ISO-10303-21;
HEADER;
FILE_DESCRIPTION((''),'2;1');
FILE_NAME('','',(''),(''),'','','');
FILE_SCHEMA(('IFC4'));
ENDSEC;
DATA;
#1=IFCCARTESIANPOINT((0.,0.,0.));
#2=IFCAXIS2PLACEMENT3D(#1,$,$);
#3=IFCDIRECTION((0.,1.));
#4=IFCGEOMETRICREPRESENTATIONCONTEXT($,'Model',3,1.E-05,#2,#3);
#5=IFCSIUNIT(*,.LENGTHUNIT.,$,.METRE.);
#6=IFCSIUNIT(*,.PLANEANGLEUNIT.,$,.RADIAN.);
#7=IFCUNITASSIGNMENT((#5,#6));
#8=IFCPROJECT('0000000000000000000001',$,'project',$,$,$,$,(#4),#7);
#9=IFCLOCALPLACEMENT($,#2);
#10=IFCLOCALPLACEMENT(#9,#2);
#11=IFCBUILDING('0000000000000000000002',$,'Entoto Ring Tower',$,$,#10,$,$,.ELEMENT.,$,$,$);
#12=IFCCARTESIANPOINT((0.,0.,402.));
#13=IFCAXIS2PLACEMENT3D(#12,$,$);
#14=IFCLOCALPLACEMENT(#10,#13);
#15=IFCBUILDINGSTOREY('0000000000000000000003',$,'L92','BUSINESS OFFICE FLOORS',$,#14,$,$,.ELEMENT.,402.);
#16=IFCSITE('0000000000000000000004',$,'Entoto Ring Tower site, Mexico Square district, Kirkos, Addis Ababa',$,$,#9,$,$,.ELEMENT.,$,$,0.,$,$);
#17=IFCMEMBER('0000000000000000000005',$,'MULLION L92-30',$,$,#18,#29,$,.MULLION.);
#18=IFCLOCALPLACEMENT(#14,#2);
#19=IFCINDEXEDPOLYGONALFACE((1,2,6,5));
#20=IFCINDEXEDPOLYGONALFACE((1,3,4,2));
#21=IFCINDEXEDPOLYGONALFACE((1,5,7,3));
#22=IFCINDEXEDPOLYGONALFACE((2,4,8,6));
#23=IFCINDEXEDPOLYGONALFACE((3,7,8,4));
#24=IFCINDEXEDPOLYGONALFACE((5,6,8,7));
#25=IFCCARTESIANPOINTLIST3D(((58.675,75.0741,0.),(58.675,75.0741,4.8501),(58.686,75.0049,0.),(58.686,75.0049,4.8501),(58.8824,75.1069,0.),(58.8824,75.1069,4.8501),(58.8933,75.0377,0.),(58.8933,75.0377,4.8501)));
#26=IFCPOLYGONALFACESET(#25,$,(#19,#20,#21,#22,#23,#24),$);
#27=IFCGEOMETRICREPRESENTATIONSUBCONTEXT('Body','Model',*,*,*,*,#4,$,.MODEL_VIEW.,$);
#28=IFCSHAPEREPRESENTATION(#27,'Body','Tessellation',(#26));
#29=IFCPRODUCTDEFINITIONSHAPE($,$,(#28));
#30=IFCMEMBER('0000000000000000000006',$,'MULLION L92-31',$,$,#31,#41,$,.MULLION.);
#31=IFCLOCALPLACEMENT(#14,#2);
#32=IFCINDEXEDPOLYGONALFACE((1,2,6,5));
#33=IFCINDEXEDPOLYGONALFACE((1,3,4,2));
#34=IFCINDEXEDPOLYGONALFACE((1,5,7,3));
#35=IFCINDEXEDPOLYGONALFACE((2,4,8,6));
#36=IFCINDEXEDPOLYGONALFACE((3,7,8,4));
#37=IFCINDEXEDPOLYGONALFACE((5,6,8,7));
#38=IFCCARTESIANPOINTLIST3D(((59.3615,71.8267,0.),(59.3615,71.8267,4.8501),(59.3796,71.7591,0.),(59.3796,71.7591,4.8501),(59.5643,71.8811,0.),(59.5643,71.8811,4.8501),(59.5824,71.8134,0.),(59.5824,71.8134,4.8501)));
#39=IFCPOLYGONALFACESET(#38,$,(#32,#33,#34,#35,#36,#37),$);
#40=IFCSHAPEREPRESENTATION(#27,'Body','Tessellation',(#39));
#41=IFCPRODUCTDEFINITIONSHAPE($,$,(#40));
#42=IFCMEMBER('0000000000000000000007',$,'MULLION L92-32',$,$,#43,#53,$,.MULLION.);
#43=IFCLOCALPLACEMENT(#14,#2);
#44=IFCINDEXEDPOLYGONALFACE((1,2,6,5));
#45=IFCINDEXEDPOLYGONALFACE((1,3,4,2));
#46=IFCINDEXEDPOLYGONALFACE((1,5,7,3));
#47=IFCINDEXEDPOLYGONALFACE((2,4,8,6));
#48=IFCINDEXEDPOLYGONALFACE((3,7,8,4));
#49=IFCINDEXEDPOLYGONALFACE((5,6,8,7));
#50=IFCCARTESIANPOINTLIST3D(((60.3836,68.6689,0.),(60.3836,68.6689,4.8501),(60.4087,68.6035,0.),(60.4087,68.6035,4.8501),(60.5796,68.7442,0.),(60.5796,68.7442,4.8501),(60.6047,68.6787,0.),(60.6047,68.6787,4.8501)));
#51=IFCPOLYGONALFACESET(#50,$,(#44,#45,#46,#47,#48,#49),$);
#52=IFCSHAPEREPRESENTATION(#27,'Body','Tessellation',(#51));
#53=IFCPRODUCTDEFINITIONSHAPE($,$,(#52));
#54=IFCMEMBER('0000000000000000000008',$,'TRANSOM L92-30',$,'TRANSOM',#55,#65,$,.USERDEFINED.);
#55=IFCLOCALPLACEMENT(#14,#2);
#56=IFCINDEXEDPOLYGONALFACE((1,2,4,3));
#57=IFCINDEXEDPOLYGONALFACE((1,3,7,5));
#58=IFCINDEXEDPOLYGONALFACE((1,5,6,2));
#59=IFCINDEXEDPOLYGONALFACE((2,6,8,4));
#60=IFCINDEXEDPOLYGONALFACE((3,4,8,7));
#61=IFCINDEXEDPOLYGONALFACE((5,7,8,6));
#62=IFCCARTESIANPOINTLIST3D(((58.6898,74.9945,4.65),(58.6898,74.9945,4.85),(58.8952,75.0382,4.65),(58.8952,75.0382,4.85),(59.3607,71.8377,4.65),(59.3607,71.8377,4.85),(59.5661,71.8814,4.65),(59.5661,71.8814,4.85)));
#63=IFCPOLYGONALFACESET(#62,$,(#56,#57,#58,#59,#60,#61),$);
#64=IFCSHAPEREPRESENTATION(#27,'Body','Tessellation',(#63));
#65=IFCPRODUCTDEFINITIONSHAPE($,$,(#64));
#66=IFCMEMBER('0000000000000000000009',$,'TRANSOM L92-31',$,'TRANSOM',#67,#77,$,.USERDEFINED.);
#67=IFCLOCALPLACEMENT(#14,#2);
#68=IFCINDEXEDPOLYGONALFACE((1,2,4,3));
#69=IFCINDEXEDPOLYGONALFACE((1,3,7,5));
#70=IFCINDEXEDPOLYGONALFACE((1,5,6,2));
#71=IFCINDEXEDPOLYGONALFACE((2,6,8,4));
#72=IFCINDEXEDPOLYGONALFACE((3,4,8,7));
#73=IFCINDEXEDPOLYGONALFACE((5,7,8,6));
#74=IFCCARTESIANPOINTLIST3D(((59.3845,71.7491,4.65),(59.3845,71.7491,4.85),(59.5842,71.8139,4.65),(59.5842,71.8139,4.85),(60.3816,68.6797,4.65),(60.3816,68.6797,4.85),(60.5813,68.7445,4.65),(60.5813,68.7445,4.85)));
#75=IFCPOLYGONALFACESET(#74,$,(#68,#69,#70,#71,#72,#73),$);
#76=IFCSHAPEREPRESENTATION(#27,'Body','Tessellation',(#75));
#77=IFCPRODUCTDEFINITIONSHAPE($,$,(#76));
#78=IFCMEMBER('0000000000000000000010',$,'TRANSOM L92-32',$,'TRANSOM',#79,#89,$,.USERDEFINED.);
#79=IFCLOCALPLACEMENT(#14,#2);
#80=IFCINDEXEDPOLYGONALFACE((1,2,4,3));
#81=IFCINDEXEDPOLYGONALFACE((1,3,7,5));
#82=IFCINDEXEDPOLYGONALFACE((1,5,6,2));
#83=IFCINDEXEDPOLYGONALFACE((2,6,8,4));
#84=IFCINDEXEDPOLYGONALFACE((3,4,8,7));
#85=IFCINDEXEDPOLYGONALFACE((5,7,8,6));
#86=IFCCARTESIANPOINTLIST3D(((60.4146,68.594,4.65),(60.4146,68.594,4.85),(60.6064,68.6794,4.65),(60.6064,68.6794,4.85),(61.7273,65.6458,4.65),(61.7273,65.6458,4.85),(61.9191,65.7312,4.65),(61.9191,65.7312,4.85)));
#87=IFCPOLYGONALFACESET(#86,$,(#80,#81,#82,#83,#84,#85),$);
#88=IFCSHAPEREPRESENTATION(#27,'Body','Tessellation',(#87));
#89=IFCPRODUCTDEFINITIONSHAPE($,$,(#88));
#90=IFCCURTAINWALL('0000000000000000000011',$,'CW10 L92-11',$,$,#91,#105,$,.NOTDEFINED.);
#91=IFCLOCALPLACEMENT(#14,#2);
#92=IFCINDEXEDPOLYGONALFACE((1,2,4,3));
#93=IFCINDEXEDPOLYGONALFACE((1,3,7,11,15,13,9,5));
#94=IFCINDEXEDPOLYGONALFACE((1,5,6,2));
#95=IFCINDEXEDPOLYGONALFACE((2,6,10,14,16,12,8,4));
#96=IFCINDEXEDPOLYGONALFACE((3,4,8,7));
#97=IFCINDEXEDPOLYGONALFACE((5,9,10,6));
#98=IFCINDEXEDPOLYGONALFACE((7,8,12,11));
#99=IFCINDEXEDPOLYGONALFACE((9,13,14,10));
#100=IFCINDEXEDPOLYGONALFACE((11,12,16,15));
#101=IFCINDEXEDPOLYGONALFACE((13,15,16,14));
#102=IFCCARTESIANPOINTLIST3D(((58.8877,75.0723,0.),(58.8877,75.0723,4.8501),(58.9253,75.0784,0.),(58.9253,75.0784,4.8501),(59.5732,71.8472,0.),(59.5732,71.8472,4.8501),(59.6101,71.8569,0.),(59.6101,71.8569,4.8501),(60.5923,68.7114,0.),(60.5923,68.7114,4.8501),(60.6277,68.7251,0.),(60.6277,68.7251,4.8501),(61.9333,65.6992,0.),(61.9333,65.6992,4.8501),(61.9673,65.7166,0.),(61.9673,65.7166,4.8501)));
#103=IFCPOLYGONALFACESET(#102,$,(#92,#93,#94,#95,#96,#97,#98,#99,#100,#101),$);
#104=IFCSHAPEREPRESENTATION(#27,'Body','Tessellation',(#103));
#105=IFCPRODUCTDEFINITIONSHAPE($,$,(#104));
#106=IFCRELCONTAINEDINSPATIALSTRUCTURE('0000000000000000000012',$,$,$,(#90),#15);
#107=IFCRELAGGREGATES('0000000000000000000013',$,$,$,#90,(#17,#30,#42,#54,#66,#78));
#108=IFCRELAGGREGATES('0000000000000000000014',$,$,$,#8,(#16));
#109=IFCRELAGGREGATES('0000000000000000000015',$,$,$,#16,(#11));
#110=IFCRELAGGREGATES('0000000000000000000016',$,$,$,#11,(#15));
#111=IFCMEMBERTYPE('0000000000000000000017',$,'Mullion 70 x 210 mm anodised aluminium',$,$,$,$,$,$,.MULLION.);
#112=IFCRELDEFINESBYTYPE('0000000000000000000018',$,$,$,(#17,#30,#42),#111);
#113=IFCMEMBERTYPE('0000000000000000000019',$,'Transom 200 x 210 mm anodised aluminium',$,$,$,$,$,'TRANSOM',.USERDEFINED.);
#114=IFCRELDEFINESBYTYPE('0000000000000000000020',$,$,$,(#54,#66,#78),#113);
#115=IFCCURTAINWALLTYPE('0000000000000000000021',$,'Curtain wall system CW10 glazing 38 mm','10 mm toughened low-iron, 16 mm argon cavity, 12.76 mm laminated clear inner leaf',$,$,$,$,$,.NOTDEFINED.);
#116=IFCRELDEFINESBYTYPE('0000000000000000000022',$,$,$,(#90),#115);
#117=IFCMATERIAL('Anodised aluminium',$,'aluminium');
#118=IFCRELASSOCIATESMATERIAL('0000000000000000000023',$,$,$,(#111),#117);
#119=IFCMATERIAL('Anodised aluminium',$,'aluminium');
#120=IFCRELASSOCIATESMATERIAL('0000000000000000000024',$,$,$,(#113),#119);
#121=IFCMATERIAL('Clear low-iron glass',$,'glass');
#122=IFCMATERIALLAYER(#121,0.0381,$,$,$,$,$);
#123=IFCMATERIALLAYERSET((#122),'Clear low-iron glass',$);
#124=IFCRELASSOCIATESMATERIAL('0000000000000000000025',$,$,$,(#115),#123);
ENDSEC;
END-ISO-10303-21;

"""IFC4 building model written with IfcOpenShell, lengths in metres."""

from ifc_helpers import new_model, si_unit, direction, frame, origin, origin_2d, place, context, subcontext, project, spatial, polyline, rectangle, outline, extrude, material, layer, layer_set, material_profile, profile_set, type_object, element, aggregate, save


model = new_model("IFC4")

# Units and contexts
model_context = context("Model", 3, precision=1e-05, world=origin(), true_north=direction((0.0, 1.0)))
body_context = subcontext(model_context, "Body", "Model", "MODEL_VIEW")
ifc_project = project(units=[si_unit("LENGTHUNIT", "METRE"), si_unit("PLANEANGLEUNIT", "RADIAN")], contexts=[model_context])

# Members
ifc_material_1 = material(Name="Anodised aluminium", Category="aluminium")
ifc_material_profile_1 = material_profile(ifc_material_1, rectangle(XDim=0.0701, YDim=0.21, at=origin_2d()), Name="Mullion 70 x 210 mm anodised aluminium")
ifc_profile_set_1 = profile_set([ifc_material_profile_1], Name="Anodised aluminium")
member_type_1 = type_object("IfcMemberType", Name="Mullion 70 x 210 mm anodised aluminium", PredefinedType="MULLION", material=ifc_profile_set_1)
site_placement = place(None, origin())
building_placement = place(site_placement, origin())
storey_placement = place(building_placement, frame((0.0, 0.0, 402.0)))
member_1_placement = place(storey_placement, frame((58.7842, 75.0559, 0.0), z_axis=(0.0, 0.0, 1.0), x_axis=(0.156434, -0.987688, 0.0)))
member_1 = element("IfcMember", 1, at=member_1_placement, type_object=member_type_1, Name="MULLION L92-30", PredefinedType="MULLION", context=body_context, shape_type="SweptSolid", body=[
    extrude(rectangle(XDim=0.0701, YDim=0.21, at=origin_2d()), origin(), (0.0, 0.0, 1.0), 4.8501),
])
member_2_placement = place(storey_placement, frame((59.4719, 71.8201, 0.0), z_axis=(0.0, 0.0, 1.0), x_axis=(0.258819, -0.965926, 0.0)))
member_2 = element("IfcMember", 2, at=member_2_placement, type_object=member_type_1, Name="MULLION L92-31", PredefinedType="MULLION", context=body_context, shape_type="SweptSolid", body=[
    extrude(rectangle(XDim=0.0701, YDim=0.21, at=origin_2d()), origin(), (0.0, 0.0, 1.0), 4.8501),
])
member_3_placement = place(storey_placement, frame((60.4941, 68.6738, 0.0), z_axis=(0.0, 0.0, 1.0), x_axis=(0.358368, -0.93358, 0.0)))
member_3 = element("IfcMember", 3, at=member_3_placement, type_object=member_type_1, Name="MULLION L92-32", PredefinedType="MULLION", context=body_context, shape_type="SweptSolid", body=[
    extrude(rectangle(XDim=0.0701, YDim=0.21, at=origin_2d()), origin(), (0.0, 0.0, 1.0), 4.8501),
])
ifc_material_2 = material(Name="Anodised aluminium", Category="aluminium")
ifc_material_profile_2 = material_profile(ifc_material_2, rectangle(XDim=0.21, YDim=0.2, at=origin_2d()), Name="Transom 200 x 210 mm anodised aluminium")
ifc_profile_set_2 = profile_set([ifc_material_profile_2], Name="Anodised aluminium")
member_type_2 = type_object("IfcMemberType", Name="Transom 200 x 210 mm anodised aluminium", ElementType="TRANSOM", PredefinedType="USERDEFINED", material=ifc_profile_set_2)
member_4_placement = place(storey_placement, frame((58.7925, 75.0164, 4.75), z_axis=(0.207886, -0.978153, 0.0), x_axis=(0.978153, 0.207886, 0.0)))
member_4 = element("IfcMember", 4, at=member_4_placement, type_object=member_type_2, Name="TRANSOM L92-30", ObjectType="TRANSOM", PredefinedType="USERDEFINED", context=body_context, shape_type="SweptSolid", body=[
    extrude(rectangle(XDim=0.21, YDim=0.2, at=origin_2d()), origin(), (0.0, 0.0, 1.0), 3.2273),
])
member_5_placement = place(storey_placement, frame((59.4844, 71.7815, 4.75), z_axis=(0.308956, -0.951076, 0.0), x_axis=(0.951076, 0.308956, 0.0)))
member_5 = element("IfcMember", 5, at=member_5_placement, type_object=member_type_2, Name="TRANSOM L92-31", ObjectType="TRANSOM", PredefinedType="USERDEFINED", context=body_context, shape_type="SweptSolid", body=[
    extrude(rectangle(XDim=0.21, YDim=0.2, at=origin_2d()), origin(), (0.0, 0.0, 1.0), 3.2273),
])
member_6_placement = place(storey_placement, frame((60.5105, 68.6367, 4.75), z_axis=(0.406763, -0.913534, 0.0), x_axis=(0.913534, 0.406763, 0.0)))
member_6 = element("IfcMember", 6, at=member_6_placement, type_object=member_type_2, Name="TRANSOM L92-32", ObjectType="TRANSOM", PredefinedType="USERDEFINED", context=body_context, shape_type="SweptSolid", body=[
    extrude(rectangle(XDim=0.21, YDim=0.2, at=origin_2d()), origin(), (0.0, 0.0, 1.0), 3.2273),
])

# Site, building, storey
site = spatial("IfcSite", under=ifc_project, at=site_placement, Name="Entoto Ring Tower site, Mexico Square district, Kirkos, Addis Ababa", CompositionType="ELEMENT", RefElevation=0.0)
building = spatial("IfcBuilding", under=site, at=building_placement, Name="Entoto Ring Tower", CompositionType="ELEMENT")
storey = spatial("IfcBuildingStorey", under=building, at=storey_placement, Name="L92", Description="BUSINESS OFFICE FLOORS", CompositionType="ELEMENT", Elevation=402.0)

# Curtain wall
ifc_material_3 = material(Name="Clear low-iron glass", Category="glass")
ifc_layer = layer(ifc_material_3, 0.0381)
ifc_layer_set = layer_set([ifc_layer], Name="Clear low-iron glass")
curtain_wall_type = type_object("IfcCurtainWallType", Name="Curtain wall system CW10 glazing 38 mm", Description="10 mm toughened low-iron, 16 mm argon cavity, 12.76 mm laminated clear inner leaf", PredefinedType="NOTDEFINED", material=ifc_layer_set)
curtain_wall_1_placement = place(storey_placement, origin())
curtain_wall_1 = element("IfcCurtainWall", 7, at=curtain_wall_1_placement, inside=storey, type_object=curtain_wall_type, Name="CW10 L92-11", PredefinedType="NOTDEFINED", context=body_context, shape_type="SweptSolid", body=[
    extrude(outline(polyline([(58.8877, 75.0723), (59.5732, 71.8472), (60.5923, 68.7114), (61.9333, 65.6992), (61.9673, 65.7166), (60.6277, 68.7251), (59.6101, 71.8569), (58.9253, 75.0784), (58.8877, 75.0723)])), origin(), (0.0, 0.0, 1.0), 4.8501),
])
aggregate(curtain_wall_1, [member_1, member_2, member_3, member_4, member_5, member_6])

save(model, "model.ifc")
